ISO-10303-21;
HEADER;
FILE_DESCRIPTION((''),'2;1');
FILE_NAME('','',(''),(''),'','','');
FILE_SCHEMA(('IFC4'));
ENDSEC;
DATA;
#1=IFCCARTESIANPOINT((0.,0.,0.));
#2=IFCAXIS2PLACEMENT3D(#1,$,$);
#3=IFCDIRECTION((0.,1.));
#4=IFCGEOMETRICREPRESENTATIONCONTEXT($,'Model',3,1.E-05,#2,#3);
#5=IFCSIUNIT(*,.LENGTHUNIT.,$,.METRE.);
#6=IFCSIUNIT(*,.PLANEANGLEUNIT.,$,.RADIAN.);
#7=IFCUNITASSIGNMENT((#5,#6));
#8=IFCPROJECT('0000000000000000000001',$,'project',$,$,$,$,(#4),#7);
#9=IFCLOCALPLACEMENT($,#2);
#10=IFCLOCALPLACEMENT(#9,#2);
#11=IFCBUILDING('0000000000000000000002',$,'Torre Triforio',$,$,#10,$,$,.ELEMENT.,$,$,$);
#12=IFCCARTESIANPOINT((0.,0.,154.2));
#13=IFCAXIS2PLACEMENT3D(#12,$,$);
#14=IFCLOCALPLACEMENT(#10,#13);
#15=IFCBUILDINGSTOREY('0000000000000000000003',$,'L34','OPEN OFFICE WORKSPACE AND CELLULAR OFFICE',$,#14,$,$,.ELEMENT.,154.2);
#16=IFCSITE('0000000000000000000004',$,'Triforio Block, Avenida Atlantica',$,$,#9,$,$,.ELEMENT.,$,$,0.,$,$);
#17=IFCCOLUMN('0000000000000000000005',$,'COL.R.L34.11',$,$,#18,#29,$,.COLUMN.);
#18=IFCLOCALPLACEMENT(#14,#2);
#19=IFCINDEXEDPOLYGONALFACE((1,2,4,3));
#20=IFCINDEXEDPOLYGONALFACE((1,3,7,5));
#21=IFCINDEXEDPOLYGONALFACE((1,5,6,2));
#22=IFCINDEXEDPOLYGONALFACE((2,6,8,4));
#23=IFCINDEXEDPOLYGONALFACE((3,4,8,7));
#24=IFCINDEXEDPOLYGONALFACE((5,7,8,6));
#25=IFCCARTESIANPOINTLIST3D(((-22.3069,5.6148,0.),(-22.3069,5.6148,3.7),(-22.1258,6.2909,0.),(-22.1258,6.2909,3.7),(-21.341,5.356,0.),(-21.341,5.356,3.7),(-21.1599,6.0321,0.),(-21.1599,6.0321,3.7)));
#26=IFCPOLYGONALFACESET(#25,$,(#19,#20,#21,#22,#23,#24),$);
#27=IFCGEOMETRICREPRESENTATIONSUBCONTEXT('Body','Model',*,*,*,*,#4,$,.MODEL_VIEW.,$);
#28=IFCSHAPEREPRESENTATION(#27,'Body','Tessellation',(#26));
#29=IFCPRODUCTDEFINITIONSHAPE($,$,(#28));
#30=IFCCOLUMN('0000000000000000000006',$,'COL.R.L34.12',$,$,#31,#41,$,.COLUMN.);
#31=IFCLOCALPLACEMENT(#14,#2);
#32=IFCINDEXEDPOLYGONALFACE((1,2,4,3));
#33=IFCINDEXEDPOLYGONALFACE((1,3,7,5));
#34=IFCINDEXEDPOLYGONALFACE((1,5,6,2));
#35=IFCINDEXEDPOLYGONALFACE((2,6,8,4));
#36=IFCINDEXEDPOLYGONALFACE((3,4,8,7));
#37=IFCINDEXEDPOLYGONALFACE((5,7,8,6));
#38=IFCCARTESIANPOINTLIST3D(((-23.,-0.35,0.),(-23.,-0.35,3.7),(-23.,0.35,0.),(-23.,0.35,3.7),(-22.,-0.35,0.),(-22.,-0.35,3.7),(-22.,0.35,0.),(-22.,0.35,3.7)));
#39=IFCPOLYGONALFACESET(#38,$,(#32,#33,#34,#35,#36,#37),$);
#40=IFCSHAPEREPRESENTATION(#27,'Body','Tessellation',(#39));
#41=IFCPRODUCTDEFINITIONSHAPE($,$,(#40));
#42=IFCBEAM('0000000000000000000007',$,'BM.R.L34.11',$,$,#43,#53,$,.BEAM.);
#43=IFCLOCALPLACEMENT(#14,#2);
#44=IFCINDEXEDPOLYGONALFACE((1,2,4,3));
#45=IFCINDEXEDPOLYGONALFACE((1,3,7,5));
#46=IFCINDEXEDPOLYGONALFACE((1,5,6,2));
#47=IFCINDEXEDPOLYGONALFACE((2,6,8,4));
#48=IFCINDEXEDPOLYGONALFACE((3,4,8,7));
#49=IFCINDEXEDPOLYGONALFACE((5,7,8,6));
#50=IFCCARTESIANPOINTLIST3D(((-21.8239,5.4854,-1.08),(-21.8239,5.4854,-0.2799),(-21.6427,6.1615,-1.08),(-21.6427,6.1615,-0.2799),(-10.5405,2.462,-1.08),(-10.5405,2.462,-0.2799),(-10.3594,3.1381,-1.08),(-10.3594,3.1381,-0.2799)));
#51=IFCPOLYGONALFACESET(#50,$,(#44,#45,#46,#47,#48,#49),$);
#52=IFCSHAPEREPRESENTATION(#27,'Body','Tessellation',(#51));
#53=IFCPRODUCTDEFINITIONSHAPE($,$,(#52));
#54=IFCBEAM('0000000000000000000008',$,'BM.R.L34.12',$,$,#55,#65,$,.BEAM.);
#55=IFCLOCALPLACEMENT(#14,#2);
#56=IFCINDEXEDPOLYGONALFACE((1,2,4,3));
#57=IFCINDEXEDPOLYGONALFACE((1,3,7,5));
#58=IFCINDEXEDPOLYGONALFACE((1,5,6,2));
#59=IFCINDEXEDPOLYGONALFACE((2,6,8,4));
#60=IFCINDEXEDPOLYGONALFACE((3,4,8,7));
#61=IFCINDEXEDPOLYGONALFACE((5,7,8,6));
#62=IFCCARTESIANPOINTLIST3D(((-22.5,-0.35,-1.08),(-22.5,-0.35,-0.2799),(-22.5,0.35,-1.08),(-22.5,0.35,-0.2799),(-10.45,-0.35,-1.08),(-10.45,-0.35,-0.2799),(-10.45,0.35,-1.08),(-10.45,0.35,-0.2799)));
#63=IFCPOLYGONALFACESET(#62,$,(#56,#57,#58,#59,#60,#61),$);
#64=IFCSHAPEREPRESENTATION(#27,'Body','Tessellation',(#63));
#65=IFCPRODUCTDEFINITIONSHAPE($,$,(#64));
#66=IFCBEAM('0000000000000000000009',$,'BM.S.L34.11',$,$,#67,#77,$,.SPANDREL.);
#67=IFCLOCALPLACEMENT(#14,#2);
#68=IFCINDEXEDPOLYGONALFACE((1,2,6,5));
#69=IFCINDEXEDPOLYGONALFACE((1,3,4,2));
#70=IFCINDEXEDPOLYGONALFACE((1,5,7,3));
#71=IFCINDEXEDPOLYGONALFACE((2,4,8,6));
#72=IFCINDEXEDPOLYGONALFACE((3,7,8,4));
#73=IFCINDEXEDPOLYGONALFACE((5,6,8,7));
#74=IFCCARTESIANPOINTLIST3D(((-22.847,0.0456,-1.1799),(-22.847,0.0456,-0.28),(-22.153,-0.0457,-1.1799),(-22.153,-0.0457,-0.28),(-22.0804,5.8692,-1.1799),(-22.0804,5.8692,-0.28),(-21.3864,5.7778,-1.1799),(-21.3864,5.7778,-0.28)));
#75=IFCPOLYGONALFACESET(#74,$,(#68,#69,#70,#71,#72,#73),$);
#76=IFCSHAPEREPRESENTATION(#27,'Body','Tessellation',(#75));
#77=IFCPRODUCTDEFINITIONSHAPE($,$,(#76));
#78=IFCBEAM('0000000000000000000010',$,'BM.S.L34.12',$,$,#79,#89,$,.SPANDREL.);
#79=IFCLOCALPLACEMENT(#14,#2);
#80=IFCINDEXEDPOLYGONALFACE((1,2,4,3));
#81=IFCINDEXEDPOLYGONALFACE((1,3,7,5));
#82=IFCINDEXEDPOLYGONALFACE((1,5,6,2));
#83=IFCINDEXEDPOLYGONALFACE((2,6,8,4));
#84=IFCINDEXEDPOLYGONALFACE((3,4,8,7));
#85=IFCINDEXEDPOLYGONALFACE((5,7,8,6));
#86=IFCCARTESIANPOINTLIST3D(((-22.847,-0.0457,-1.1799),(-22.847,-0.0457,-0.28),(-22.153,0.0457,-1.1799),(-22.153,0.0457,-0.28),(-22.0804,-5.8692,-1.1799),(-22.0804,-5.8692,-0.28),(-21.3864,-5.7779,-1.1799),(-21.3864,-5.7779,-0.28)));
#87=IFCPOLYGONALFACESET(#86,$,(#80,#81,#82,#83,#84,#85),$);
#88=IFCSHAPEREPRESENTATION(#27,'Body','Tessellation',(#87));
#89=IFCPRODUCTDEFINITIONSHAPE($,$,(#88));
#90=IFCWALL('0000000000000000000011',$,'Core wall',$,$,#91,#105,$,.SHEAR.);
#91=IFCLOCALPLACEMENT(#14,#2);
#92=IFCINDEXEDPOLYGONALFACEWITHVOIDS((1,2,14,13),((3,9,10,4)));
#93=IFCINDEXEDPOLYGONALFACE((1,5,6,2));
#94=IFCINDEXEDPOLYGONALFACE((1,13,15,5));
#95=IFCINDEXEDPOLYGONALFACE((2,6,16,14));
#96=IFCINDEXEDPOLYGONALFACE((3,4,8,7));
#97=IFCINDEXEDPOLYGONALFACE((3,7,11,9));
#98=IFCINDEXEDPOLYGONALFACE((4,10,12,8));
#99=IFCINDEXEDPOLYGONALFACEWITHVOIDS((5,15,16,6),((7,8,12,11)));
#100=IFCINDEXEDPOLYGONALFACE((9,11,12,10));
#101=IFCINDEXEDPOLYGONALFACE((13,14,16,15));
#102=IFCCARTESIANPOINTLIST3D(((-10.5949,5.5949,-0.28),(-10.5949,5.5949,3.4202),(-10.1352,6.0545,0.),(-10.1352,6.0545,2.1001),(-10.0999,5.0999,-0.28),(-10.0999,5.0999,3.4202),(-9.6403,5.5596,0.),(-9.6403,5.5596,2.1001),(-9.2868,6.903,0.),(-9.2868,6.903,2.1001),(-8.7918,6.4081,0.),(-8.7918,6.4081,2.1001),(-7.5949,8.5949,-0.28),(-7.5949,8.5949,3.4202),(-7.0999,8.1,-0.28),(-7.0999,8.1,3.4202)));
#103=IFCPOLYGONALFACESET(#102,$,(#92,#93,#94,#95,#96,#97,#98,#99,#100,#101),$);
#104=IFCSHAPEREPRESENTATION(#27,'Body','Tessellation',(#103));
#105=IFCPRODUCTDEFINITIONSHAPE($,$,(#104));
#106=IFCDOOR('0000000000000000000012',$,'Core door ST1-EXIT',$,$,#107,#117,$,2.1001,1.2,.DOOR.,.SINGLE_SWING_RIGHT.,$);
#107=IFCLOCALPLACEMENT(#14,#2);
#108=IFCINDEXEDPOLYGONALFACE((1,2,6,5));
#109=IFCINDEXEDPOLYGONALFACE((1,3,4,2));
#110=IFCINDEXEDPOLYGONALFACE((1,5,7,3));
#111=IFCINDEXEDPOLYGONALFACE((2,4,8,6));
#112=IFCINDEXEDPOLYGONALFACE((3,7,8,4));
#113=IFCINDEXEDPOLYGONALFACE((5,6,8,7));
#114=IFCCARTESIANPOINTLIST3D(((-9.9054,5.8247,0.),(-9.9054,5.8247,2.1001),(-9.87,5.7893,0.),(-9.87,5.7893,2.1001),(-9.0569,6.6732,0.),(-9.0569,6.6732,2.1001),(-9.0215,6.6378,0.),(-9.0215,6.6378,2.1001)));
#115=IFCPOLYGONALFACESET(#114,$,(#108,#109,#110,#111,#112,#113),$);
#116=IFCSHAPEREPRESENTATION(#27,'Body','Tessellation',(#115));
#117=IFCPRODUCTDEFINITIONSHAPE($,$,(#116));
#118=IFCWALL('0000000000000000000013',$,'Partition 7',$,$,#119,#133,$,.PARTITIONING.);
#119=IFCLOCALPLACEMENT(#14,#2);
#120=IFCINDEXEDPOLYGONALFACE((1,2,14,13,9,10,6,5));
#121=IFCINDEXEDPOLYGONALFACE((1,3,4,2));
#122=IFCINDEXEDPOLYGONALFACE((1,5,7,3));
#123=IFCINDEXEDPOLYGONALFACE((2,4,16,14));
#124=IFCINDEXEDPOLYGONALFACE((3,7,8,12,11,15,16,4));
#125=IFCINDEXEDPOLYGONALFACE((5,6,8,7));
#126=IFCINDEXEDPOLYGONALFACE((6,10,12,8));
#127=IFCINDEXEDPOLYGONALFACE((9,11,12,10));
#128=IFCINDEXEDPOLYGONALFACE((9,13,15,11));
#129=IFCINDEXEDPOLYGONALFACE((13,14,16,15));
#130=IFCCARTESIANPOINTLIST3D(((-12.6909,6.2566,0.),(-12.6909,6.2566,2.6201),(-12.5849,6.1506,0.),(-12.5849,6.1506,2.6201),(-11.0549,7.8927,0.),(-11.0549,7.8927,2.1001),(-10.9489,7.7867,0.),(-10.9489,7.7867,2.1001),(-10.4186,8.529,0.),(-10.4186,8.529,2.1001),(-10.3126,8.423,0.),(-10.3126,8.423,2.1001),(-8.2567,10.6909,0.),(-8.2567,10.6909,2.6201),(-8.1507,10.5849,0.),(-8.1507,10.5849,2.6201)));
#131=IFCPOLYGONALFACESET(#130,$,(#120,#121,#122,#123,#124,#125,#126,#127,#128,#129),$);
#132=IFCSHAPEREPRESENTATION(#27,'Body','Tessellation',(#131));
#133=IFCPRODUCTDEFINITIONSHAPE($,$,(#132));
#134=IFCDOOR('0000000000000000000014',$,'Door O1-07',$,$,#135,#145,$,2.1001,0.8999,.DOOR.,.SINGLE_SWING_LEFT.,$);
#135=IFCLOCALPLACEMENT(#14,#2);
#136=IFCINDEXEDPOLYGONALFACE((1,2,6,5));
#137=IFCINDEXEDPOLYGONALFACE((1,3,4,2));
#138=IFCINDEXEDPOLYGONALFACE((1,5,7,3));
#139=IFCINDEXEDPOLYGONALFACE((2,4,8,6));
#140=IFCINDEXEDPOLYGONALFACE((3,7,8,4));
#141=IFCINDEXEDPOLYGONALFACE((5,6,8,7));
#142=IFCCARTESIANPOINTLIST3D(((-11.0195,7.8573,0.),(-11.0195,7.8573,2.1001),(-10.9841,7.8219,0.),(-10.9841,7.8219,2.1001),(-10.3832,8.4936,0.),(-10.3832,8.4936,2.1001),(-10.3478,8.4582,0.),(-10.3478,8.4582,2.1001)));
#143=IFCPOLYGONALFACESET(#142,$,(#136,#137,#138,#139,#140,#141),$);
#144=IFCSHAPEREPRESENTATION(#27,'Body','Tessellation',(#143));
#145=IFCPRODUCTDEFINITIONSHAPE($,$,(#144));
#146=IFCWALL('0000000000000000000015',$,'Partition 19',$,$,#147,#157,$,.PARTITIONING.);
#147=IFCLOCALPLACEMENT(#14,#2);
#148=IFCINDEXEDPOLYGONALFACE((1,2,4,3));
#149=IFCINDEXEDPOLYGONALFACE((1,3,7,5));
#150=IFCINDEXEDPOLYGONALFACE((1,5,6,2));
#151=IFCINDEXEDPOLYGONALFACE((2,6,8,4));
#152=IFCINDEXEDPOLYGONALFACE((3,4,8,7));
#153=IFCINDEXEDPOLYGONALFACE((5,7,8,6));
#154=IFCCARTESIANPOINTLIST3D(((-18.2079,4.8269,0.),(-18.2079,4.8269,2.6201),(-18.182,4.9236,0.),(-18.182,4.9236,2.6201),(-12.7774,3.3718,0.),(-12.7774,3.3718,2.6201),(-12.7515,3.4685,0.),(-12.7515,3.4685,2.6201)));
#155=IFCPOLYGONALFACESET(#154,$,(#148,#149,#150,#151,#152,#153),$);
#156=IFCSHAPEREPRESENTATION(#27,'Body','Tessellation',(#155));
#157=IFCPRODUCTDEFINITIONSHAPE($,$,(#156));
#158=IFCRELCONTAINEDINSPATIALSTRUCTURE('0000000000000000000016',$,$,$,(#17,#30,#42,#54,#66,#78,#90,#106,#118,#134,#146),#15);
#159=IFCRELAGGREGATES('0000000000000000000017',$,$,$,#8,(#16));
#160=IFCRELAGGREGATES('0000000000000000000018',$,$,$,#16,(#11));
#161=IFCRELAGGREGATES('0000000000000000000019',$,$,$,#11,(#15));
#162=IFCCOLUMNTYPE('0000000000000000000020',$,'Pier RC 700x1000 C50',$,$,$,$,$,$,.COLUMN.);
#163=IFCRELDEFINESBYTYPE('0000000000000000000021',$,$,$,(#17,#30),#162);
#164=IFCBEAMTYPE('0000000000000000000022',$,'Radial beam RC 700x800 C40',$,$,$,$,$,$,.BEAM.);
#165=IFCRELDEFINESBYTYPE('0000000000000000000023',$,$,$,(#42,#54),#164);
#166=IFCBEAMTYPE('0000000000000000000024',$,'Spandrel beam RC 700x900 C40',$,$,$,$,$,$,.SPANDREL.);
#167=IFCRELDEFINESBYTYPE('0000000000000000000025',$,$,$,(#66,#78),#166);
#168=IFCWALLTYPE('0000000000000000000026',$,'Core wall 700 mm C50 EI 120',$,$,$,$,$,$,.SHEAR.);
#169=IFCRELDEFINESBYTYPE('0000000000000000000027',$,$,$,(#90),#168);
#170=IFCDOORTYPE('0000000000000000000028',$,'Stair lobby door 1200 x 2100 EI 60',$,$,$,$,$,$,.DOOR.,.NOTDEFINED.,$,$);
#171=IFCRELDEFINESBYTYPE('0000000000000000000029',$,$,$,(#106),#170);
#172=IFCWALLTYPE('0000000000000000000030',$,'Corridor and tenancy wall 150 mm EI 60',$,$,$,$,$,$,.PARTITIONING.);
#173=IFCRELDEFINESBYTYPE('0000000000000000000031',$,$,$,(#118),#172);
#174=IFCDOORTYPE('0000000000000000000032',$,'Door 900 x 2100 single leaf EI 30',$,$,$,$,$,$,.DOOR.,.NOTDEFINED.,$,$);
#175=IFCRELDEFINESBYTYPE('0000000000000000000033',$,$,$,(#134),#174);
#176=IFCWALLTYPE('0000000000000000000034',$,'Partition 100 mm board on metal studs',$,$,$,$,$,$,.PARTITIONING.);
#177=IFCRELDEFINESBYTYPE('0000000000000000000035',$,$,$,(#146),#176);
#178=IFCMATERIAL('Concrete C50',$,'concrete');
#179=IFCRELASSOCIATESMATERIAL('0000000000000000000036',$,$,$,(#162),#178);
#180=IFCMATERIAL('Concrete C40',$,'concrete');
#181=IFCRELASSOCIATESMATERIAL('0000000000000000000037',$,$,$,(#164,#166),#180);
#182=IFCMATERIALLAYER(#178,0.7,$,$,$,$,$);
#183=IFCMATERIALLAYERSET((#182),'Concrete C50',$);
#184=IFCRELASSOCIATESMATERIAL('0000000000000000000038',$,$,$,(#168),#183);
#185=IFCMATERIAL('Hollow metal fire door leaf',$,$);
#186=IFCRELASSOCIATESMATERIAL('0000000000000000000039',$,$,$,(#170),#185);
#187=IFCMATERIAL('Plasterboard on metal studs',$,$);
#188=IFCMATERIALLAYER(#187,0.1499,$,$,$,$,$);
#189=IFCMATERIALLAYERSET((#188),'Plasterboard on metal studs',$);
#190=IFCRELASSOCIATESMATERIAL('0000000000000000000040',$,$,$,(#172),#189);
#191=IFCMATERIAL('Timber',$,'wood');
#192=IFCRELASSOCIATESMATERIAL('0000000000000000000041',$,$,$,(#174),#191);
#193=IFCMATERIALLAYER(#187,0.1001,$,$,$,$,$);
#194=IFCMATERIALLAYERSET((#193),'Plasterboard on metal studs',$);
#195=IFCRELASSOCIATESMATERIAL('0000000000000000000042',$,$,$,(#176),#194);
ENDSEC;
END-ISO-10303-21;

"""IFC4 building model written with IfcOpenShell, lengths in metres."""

from ifc_helpers import new_model, si_unit, direction, frame, frame_2d, origin, origin_2d, place, context, subcontext, project, spatial, rectangle, extrude, material, layer, layer_set, material_profile, profile_set, type_object, element, fill, save


model = new_model("IFC4")

# Units and contexts
model_context = context("Model", 3, precision=1e-05, world=origin(), true_north=direction((0.0, 1.0)))
body_context = subcontext(model_context, "Body", "Model", "MODEL_VIEW")
ifc_project = project(units=[si_unit("LENGTHUNIT", "METRE"), si_unit("PLANEANGLEUNIT", "RADIAN")], contexts=[model_context])

# Site, building, storey
site_placement = place(None, origin())
site = spatial("IfcSite", under=ifc_project, at=site_placement, Name="Triforio Block, Avenida Atlantica", CompositionType="ELEMENT", RefElevation=0.0)
building_placement = place(site_placement, origin())
building = spatial("IfcBuilding", under=site, at=building_placement, Name="Torre Triforio", CompositionType="ELEMENT")
storey_placement = place(building_placement, frame((0.0, 0.0, 154.2)))
storey = spatial("IfcBuildingStorey", under=building, at=storey_placement, Name="L34", Description="OPEN OFFICE WORKSPACE AND CELLULAR OFFICE", CompositionType="ELEMENT", Elevation=154.2)

# Columns
ifc_material_1 = material(Name="Concrete C50", Category="concrete")
ifc_material_profile_1 = material_profile(ifc_material_1, rectangle(XDim=0.7, YDim=1.0, at=origin_2d()), Name="RC 700x1000")
ifc_profile_set_1 = profile_set([ifc_material_profile_1], Name="Concrete C50")
column_type = type_object("IfcColumnType", Name="Pier RC 700x1000 C50", PredefinedType="COLUMN", material=ifc_profile_set_1)
for number, where, z_axis, x_axis, name in (
    (1, (-21.7334, 5.8235, 0.0), (0.0, 0.0, 1.0), (-0.258819, -0.965926, 0.0), "COL.R.L34.11"),
    (2, (-22.5, 0.0, 0.0), (0.0, 0.0, 1.0), (0.0, -1.0, 0.0), "COL.R.L34.12"),
):
    element("IfcColumn", number, at=place(storey_placement, frame(where, z_axis=z_axis, x_axis=x_axis)), inside=storey, type_object=column_type, Name=name, PredefinedType="COLUMN", context=body_context, shape_type="SweptSolid", body=[
        extrude(rectangle(XDim=0.7, YDim=1.0, at=origin_2d()), origin(), (0.0, 0.0, 1.0), 3.7),
    ])

# Beams
ifc_material_2 = material(Name="Concrete C40", Category="concrete")
ifc_material_profile_2 = material_profile(ifc_material_2, rectangle(XDim=0.7, YDim=0.8, at=origin_2d()), Name="RC 700x800")
ifc_profile_set_2 = profile_set([ifc_material_profile_2], Name="Concrete C40")
beam_type_1 = type_object("IfcBeamType", Name="Radial beam RC 700x800 C40", PredefinedType="BEAM", material=ifc_profile_set_2)
beam_1_placement = place(storey_placement, frame((-10.45, 2.8, -0.6799), z_axis=(-0.965925, 0.258823, 0.0), x_axis=(-0.258823, -0.965925, 0.0)))
element("IfcBeam", 3, at=beam_1_placement, inside=storey, type_object=beam_type_1, Name="BM.R.L34.11", PredefinedType="BEAM", context=body_context, shape_type="SweptSolid", body=[
    extrude(rectangle(XDim=0.7, YDim=0.8, at=origin_2d()), origin(), (0.0, 0.0, 1.0), 11.6814),
])
beam_2_placement = place(storey_placement, frame((-10.45, 0.0, -0.6799), z_axis=(-1.0, 0.0, 0.0), x_axis=(0.0, -1.0, 0.0)))
element("IfcBeam", 4, at=beam_2_placement, inside=storey, type_object=beam_type_1, Name="BM.R.L34.12", PredefinedType="BEAM", context=body_context, shape_type="SweptSolid", body=[
    extrude(rectangle(XDim=0.7, YDim=0.8, at=origin_2d()), origin(), (0.0, 0.0, 1.0), 12.05),
])
ifc_material_profile_3 = material_profile(ifc_material_2, rectangle(XDim=0.7, YDim=0.8999, at=origin_2d()), Name="RC 700x900")
ifc_profile_set_3 = profile_set([ifc_material_profile_3], Name="Concrete C40")
beam_type_2 = type_object("IfcBeamType", Name="Spandrel beam RC 700x900 C40", PredefinedType="SPANDREL", material=ifc_profile_set_3)
for number, where, z_axis, x_axis, name in (
    (5, (-21.7334, 5.8235, -0.73), (-0.130514, -0.991447, 0.0), (0.991447, -0.130514, 0.0), "BM.S.L34.11"),
    (6, (-22.5, 0.0, -0.73), (0.130514, -0.991447, 0.0), (0.991447, 0.130514, 0.0), "BM.S.L34.12"),
):
    element("IfcBeam", number, at=place(storey_placement, frame(where, z_axis=z_axis, x_axis=x_axis)), inside=storey, type_object=beam_type_2, Name=name, PredefinedType="SPANDREL", context=body_context, shape_type="SweptSolid", body=[
        extrude(rectangle(XDim=0.7, YDim=0.8999, at=origin_2d()), origin(), (0.0, 0.0, 1.0), 5.8738),
    ])

# Walls, openings, doors
ifc_layer_1 = layer(ifc_material_1, 0.7)
ifc_layer_set_1 = layer_set([ifc_layer_1], Name="Concrete C50")
wall_type_1 = type_object("IfcWallType", Name="Core wall 700 mm C50 EI 120", PredefinedType="SHEAR", material=ifc_layer_set_1)
wall_1_placement = place(storey_placement, frame((-10.3474, 5.3474, -0.28), z_axis=(0.0, 0.0, 1.0), x_axis=(0.707107, 0.707107, 0.0)))
wall_1 = element("IfcWall", 7, at=wall_1_placement, inside=storey, type_object=wall_type_1, Name="Core wall", PredefinedType="SHEAR", context=body_context, shape_type="SweptSolid", body=[
    extrude(rectangle(XDim=4.2427, YDim=0.7, at=frame_2d((2.1213, 0.0))), origin(), (0.0, 0.0, 1.0), 3.7002),
])
opening_1_placement = place(wall_1_placement, frame((0.6499, 0.0, 0.28)))
opening_1 = element("IfcOpeningElement", 8, at=opening_1_placement, cuts=wall_1, PredefinedType="OPENING", context=body_context, shape_type="SweptSolid", body=[
    extrude(rectangle(XDim=1.2, YDim=2.1001, at=frame_2d((0.6001, 1.05))), frame((0.0, 0.3599, 0.0), z_axis=(0.0, -1.0, 0.0), x_axis=(1.0, 0.0, 0.0)), (0.0, 0.0, 1.0), 0.72),
])
ifc_material_3 = material(Name="Hollow metal fire door leaf")
door_type_1 = type_object("IfcDoorType", Name="Stair lobby door 1200 x 2100 EI 60", OperationType="NOTDEFINED", PredefinedType="DOOR", material=ifc_material_3)
door_1_placement = place(opening_1_placement, origin())
door_1 = element("IfcDoor", 9, at=door_1_placement, inside=storey, type_object=door_type_1, Name="Core door ST1-EXIT", OperationType="SINGLE_SWING_RIGHT", OverallHeight=2.1001, OverallWidth=1.2, PredefinedType="DOOR", context=body_context, shape_type="SweptSolid", body=[
    extrude(rectangle(XDim=1.2, YDim=2.1001, at=frame_2d((0.6001, 1.05))), frame((0.0, 0.0249, 0.0), z_axis=(0.0, -1.0, 0.0), x_axis=(1.0, 0.0, 0.0)), (0.0, 0.0, 1.0), 0.05),
])
fill(opening_1, door_1)
ifc_material_4 = material(Name="Plasterboard on metal studs")
ifc_layer_2 = layer(ifc_material_4, 0.1499)
ifc_layer_set_2 = layer_set([ifc_layer_2], Name="Plasterboard on metal studs")
wall_type_2 = type_object("IfcWallType", Name="Corridor and tenancy wall 150 mm EI 60", PredefinedType="PARTITIONING", material=ifc_layer_set_2)
wall_2_placement = place(storey_placement, frame((-12.6379, 6.2036, 0.0), z_axis=(0.0, 0.0, 1.0), x_axis=(0.707107, 0.707107, 0.0)))
wall_2 = element("IfcWall", 10, at=wall_2_placement, inside=storey, type_object=wall_type_2, Name="Partition 7", PredefinedType="PARTITIONING", context=body_context, shape_type="SweptSolid", body=[
    extrude(rectangle(XDim=6.271, YDim=0.1499, at=frame_2d((3.1355, 0.0))), origin(), (0.0, 0.0, 1.0), 2.6201),
])
opening_2_placement = place(wall_2_placement, frame((2.3137, 0.0, 0.0)))
opening_2 = element("IfcOpeningElement", 11, at=opening_2_placement, cuts=wall_2, PredefinedType="OPENING", context=body_context, shape_type="SweptSolid", body=[
    extrude(rectangle(XDim=0.8999, YDim=2.1001, at=frame_2d((0.45, 1.05))), frame((0.0, 0.085, 0.0), z_axis=(0.0, -1.0, 0.0), x_axis=(1.0, 0.0, 0.0)), (0.0, 0.0, 1.0), 0.1699),
])
ifc_material_5 = material(Name="Timber", Category="wood")
door_type_2 = type_object("IfcDoorType", Name="Door 900 x 2100 single leaf EI 30", OperationType="NOTDEFINED", PredefinedType="DOOR", material=ifc_material_5)
door_2_placement = place(opening_2_placement, origin())
door_2 = element("IfcDoor", 12, at=door_2_placement, inside=storey, type_object=door_type_2, Name="Door O1-07", OperationType="SINGLE_SWING_LEFT", OverallHeight=2.1001, OverallWidth=0.8999, PredefinedType="DOOR", context=body_context, shape_type="SweptSolid", body=[
    extrude(rectangle(XDim=0.8999, YDim=2.1001, at=frame_2d((0.45, 1.05))), frame((0.0, 0.0249, 0.0), z_axis=(0.0, -1.0, 0.0), x_axis=(1.0, 0.0, 0.0)), (0.0, 0.0, 1.0), 0.05),
])
fill(opening_2, door_2)

# Wall
ifc_layer_3 = layer(ifc_material_4, 0.1001)
ifc_layer_set_3 = layer_set([ifc_layer_3], Name="Plasterboard on metal studs")
wall_type_3 = type_object("IfcWallType", Name="Partition 100 mm board on metal studs", PredefinedType="PARTITIONING", material=ifc_layer_set_3)
wall_3_placement = place(storey_placement, frame((-12.7644, 3.4202, 0.0), z_axis=(0.0, 0.0, 1.0), x_axis=(-0.965926, 0.258819, 0.0)))
element("IfcWall", 13, at=wall_3_placement, inside=storey, type_object=wall_type_3, Name="Partition 19", PredefinedType="PARTITIONING", context=body_context, shape_type="SweptSolid", body=[
    extrude(rectangle(XDim=5.6221, YDim=0.1001, at=frame_2d((2.811, 0.0))), origin(), (0.0, 0.0, 1.0), 2.6201),
])

save(model, "model.ifc")
